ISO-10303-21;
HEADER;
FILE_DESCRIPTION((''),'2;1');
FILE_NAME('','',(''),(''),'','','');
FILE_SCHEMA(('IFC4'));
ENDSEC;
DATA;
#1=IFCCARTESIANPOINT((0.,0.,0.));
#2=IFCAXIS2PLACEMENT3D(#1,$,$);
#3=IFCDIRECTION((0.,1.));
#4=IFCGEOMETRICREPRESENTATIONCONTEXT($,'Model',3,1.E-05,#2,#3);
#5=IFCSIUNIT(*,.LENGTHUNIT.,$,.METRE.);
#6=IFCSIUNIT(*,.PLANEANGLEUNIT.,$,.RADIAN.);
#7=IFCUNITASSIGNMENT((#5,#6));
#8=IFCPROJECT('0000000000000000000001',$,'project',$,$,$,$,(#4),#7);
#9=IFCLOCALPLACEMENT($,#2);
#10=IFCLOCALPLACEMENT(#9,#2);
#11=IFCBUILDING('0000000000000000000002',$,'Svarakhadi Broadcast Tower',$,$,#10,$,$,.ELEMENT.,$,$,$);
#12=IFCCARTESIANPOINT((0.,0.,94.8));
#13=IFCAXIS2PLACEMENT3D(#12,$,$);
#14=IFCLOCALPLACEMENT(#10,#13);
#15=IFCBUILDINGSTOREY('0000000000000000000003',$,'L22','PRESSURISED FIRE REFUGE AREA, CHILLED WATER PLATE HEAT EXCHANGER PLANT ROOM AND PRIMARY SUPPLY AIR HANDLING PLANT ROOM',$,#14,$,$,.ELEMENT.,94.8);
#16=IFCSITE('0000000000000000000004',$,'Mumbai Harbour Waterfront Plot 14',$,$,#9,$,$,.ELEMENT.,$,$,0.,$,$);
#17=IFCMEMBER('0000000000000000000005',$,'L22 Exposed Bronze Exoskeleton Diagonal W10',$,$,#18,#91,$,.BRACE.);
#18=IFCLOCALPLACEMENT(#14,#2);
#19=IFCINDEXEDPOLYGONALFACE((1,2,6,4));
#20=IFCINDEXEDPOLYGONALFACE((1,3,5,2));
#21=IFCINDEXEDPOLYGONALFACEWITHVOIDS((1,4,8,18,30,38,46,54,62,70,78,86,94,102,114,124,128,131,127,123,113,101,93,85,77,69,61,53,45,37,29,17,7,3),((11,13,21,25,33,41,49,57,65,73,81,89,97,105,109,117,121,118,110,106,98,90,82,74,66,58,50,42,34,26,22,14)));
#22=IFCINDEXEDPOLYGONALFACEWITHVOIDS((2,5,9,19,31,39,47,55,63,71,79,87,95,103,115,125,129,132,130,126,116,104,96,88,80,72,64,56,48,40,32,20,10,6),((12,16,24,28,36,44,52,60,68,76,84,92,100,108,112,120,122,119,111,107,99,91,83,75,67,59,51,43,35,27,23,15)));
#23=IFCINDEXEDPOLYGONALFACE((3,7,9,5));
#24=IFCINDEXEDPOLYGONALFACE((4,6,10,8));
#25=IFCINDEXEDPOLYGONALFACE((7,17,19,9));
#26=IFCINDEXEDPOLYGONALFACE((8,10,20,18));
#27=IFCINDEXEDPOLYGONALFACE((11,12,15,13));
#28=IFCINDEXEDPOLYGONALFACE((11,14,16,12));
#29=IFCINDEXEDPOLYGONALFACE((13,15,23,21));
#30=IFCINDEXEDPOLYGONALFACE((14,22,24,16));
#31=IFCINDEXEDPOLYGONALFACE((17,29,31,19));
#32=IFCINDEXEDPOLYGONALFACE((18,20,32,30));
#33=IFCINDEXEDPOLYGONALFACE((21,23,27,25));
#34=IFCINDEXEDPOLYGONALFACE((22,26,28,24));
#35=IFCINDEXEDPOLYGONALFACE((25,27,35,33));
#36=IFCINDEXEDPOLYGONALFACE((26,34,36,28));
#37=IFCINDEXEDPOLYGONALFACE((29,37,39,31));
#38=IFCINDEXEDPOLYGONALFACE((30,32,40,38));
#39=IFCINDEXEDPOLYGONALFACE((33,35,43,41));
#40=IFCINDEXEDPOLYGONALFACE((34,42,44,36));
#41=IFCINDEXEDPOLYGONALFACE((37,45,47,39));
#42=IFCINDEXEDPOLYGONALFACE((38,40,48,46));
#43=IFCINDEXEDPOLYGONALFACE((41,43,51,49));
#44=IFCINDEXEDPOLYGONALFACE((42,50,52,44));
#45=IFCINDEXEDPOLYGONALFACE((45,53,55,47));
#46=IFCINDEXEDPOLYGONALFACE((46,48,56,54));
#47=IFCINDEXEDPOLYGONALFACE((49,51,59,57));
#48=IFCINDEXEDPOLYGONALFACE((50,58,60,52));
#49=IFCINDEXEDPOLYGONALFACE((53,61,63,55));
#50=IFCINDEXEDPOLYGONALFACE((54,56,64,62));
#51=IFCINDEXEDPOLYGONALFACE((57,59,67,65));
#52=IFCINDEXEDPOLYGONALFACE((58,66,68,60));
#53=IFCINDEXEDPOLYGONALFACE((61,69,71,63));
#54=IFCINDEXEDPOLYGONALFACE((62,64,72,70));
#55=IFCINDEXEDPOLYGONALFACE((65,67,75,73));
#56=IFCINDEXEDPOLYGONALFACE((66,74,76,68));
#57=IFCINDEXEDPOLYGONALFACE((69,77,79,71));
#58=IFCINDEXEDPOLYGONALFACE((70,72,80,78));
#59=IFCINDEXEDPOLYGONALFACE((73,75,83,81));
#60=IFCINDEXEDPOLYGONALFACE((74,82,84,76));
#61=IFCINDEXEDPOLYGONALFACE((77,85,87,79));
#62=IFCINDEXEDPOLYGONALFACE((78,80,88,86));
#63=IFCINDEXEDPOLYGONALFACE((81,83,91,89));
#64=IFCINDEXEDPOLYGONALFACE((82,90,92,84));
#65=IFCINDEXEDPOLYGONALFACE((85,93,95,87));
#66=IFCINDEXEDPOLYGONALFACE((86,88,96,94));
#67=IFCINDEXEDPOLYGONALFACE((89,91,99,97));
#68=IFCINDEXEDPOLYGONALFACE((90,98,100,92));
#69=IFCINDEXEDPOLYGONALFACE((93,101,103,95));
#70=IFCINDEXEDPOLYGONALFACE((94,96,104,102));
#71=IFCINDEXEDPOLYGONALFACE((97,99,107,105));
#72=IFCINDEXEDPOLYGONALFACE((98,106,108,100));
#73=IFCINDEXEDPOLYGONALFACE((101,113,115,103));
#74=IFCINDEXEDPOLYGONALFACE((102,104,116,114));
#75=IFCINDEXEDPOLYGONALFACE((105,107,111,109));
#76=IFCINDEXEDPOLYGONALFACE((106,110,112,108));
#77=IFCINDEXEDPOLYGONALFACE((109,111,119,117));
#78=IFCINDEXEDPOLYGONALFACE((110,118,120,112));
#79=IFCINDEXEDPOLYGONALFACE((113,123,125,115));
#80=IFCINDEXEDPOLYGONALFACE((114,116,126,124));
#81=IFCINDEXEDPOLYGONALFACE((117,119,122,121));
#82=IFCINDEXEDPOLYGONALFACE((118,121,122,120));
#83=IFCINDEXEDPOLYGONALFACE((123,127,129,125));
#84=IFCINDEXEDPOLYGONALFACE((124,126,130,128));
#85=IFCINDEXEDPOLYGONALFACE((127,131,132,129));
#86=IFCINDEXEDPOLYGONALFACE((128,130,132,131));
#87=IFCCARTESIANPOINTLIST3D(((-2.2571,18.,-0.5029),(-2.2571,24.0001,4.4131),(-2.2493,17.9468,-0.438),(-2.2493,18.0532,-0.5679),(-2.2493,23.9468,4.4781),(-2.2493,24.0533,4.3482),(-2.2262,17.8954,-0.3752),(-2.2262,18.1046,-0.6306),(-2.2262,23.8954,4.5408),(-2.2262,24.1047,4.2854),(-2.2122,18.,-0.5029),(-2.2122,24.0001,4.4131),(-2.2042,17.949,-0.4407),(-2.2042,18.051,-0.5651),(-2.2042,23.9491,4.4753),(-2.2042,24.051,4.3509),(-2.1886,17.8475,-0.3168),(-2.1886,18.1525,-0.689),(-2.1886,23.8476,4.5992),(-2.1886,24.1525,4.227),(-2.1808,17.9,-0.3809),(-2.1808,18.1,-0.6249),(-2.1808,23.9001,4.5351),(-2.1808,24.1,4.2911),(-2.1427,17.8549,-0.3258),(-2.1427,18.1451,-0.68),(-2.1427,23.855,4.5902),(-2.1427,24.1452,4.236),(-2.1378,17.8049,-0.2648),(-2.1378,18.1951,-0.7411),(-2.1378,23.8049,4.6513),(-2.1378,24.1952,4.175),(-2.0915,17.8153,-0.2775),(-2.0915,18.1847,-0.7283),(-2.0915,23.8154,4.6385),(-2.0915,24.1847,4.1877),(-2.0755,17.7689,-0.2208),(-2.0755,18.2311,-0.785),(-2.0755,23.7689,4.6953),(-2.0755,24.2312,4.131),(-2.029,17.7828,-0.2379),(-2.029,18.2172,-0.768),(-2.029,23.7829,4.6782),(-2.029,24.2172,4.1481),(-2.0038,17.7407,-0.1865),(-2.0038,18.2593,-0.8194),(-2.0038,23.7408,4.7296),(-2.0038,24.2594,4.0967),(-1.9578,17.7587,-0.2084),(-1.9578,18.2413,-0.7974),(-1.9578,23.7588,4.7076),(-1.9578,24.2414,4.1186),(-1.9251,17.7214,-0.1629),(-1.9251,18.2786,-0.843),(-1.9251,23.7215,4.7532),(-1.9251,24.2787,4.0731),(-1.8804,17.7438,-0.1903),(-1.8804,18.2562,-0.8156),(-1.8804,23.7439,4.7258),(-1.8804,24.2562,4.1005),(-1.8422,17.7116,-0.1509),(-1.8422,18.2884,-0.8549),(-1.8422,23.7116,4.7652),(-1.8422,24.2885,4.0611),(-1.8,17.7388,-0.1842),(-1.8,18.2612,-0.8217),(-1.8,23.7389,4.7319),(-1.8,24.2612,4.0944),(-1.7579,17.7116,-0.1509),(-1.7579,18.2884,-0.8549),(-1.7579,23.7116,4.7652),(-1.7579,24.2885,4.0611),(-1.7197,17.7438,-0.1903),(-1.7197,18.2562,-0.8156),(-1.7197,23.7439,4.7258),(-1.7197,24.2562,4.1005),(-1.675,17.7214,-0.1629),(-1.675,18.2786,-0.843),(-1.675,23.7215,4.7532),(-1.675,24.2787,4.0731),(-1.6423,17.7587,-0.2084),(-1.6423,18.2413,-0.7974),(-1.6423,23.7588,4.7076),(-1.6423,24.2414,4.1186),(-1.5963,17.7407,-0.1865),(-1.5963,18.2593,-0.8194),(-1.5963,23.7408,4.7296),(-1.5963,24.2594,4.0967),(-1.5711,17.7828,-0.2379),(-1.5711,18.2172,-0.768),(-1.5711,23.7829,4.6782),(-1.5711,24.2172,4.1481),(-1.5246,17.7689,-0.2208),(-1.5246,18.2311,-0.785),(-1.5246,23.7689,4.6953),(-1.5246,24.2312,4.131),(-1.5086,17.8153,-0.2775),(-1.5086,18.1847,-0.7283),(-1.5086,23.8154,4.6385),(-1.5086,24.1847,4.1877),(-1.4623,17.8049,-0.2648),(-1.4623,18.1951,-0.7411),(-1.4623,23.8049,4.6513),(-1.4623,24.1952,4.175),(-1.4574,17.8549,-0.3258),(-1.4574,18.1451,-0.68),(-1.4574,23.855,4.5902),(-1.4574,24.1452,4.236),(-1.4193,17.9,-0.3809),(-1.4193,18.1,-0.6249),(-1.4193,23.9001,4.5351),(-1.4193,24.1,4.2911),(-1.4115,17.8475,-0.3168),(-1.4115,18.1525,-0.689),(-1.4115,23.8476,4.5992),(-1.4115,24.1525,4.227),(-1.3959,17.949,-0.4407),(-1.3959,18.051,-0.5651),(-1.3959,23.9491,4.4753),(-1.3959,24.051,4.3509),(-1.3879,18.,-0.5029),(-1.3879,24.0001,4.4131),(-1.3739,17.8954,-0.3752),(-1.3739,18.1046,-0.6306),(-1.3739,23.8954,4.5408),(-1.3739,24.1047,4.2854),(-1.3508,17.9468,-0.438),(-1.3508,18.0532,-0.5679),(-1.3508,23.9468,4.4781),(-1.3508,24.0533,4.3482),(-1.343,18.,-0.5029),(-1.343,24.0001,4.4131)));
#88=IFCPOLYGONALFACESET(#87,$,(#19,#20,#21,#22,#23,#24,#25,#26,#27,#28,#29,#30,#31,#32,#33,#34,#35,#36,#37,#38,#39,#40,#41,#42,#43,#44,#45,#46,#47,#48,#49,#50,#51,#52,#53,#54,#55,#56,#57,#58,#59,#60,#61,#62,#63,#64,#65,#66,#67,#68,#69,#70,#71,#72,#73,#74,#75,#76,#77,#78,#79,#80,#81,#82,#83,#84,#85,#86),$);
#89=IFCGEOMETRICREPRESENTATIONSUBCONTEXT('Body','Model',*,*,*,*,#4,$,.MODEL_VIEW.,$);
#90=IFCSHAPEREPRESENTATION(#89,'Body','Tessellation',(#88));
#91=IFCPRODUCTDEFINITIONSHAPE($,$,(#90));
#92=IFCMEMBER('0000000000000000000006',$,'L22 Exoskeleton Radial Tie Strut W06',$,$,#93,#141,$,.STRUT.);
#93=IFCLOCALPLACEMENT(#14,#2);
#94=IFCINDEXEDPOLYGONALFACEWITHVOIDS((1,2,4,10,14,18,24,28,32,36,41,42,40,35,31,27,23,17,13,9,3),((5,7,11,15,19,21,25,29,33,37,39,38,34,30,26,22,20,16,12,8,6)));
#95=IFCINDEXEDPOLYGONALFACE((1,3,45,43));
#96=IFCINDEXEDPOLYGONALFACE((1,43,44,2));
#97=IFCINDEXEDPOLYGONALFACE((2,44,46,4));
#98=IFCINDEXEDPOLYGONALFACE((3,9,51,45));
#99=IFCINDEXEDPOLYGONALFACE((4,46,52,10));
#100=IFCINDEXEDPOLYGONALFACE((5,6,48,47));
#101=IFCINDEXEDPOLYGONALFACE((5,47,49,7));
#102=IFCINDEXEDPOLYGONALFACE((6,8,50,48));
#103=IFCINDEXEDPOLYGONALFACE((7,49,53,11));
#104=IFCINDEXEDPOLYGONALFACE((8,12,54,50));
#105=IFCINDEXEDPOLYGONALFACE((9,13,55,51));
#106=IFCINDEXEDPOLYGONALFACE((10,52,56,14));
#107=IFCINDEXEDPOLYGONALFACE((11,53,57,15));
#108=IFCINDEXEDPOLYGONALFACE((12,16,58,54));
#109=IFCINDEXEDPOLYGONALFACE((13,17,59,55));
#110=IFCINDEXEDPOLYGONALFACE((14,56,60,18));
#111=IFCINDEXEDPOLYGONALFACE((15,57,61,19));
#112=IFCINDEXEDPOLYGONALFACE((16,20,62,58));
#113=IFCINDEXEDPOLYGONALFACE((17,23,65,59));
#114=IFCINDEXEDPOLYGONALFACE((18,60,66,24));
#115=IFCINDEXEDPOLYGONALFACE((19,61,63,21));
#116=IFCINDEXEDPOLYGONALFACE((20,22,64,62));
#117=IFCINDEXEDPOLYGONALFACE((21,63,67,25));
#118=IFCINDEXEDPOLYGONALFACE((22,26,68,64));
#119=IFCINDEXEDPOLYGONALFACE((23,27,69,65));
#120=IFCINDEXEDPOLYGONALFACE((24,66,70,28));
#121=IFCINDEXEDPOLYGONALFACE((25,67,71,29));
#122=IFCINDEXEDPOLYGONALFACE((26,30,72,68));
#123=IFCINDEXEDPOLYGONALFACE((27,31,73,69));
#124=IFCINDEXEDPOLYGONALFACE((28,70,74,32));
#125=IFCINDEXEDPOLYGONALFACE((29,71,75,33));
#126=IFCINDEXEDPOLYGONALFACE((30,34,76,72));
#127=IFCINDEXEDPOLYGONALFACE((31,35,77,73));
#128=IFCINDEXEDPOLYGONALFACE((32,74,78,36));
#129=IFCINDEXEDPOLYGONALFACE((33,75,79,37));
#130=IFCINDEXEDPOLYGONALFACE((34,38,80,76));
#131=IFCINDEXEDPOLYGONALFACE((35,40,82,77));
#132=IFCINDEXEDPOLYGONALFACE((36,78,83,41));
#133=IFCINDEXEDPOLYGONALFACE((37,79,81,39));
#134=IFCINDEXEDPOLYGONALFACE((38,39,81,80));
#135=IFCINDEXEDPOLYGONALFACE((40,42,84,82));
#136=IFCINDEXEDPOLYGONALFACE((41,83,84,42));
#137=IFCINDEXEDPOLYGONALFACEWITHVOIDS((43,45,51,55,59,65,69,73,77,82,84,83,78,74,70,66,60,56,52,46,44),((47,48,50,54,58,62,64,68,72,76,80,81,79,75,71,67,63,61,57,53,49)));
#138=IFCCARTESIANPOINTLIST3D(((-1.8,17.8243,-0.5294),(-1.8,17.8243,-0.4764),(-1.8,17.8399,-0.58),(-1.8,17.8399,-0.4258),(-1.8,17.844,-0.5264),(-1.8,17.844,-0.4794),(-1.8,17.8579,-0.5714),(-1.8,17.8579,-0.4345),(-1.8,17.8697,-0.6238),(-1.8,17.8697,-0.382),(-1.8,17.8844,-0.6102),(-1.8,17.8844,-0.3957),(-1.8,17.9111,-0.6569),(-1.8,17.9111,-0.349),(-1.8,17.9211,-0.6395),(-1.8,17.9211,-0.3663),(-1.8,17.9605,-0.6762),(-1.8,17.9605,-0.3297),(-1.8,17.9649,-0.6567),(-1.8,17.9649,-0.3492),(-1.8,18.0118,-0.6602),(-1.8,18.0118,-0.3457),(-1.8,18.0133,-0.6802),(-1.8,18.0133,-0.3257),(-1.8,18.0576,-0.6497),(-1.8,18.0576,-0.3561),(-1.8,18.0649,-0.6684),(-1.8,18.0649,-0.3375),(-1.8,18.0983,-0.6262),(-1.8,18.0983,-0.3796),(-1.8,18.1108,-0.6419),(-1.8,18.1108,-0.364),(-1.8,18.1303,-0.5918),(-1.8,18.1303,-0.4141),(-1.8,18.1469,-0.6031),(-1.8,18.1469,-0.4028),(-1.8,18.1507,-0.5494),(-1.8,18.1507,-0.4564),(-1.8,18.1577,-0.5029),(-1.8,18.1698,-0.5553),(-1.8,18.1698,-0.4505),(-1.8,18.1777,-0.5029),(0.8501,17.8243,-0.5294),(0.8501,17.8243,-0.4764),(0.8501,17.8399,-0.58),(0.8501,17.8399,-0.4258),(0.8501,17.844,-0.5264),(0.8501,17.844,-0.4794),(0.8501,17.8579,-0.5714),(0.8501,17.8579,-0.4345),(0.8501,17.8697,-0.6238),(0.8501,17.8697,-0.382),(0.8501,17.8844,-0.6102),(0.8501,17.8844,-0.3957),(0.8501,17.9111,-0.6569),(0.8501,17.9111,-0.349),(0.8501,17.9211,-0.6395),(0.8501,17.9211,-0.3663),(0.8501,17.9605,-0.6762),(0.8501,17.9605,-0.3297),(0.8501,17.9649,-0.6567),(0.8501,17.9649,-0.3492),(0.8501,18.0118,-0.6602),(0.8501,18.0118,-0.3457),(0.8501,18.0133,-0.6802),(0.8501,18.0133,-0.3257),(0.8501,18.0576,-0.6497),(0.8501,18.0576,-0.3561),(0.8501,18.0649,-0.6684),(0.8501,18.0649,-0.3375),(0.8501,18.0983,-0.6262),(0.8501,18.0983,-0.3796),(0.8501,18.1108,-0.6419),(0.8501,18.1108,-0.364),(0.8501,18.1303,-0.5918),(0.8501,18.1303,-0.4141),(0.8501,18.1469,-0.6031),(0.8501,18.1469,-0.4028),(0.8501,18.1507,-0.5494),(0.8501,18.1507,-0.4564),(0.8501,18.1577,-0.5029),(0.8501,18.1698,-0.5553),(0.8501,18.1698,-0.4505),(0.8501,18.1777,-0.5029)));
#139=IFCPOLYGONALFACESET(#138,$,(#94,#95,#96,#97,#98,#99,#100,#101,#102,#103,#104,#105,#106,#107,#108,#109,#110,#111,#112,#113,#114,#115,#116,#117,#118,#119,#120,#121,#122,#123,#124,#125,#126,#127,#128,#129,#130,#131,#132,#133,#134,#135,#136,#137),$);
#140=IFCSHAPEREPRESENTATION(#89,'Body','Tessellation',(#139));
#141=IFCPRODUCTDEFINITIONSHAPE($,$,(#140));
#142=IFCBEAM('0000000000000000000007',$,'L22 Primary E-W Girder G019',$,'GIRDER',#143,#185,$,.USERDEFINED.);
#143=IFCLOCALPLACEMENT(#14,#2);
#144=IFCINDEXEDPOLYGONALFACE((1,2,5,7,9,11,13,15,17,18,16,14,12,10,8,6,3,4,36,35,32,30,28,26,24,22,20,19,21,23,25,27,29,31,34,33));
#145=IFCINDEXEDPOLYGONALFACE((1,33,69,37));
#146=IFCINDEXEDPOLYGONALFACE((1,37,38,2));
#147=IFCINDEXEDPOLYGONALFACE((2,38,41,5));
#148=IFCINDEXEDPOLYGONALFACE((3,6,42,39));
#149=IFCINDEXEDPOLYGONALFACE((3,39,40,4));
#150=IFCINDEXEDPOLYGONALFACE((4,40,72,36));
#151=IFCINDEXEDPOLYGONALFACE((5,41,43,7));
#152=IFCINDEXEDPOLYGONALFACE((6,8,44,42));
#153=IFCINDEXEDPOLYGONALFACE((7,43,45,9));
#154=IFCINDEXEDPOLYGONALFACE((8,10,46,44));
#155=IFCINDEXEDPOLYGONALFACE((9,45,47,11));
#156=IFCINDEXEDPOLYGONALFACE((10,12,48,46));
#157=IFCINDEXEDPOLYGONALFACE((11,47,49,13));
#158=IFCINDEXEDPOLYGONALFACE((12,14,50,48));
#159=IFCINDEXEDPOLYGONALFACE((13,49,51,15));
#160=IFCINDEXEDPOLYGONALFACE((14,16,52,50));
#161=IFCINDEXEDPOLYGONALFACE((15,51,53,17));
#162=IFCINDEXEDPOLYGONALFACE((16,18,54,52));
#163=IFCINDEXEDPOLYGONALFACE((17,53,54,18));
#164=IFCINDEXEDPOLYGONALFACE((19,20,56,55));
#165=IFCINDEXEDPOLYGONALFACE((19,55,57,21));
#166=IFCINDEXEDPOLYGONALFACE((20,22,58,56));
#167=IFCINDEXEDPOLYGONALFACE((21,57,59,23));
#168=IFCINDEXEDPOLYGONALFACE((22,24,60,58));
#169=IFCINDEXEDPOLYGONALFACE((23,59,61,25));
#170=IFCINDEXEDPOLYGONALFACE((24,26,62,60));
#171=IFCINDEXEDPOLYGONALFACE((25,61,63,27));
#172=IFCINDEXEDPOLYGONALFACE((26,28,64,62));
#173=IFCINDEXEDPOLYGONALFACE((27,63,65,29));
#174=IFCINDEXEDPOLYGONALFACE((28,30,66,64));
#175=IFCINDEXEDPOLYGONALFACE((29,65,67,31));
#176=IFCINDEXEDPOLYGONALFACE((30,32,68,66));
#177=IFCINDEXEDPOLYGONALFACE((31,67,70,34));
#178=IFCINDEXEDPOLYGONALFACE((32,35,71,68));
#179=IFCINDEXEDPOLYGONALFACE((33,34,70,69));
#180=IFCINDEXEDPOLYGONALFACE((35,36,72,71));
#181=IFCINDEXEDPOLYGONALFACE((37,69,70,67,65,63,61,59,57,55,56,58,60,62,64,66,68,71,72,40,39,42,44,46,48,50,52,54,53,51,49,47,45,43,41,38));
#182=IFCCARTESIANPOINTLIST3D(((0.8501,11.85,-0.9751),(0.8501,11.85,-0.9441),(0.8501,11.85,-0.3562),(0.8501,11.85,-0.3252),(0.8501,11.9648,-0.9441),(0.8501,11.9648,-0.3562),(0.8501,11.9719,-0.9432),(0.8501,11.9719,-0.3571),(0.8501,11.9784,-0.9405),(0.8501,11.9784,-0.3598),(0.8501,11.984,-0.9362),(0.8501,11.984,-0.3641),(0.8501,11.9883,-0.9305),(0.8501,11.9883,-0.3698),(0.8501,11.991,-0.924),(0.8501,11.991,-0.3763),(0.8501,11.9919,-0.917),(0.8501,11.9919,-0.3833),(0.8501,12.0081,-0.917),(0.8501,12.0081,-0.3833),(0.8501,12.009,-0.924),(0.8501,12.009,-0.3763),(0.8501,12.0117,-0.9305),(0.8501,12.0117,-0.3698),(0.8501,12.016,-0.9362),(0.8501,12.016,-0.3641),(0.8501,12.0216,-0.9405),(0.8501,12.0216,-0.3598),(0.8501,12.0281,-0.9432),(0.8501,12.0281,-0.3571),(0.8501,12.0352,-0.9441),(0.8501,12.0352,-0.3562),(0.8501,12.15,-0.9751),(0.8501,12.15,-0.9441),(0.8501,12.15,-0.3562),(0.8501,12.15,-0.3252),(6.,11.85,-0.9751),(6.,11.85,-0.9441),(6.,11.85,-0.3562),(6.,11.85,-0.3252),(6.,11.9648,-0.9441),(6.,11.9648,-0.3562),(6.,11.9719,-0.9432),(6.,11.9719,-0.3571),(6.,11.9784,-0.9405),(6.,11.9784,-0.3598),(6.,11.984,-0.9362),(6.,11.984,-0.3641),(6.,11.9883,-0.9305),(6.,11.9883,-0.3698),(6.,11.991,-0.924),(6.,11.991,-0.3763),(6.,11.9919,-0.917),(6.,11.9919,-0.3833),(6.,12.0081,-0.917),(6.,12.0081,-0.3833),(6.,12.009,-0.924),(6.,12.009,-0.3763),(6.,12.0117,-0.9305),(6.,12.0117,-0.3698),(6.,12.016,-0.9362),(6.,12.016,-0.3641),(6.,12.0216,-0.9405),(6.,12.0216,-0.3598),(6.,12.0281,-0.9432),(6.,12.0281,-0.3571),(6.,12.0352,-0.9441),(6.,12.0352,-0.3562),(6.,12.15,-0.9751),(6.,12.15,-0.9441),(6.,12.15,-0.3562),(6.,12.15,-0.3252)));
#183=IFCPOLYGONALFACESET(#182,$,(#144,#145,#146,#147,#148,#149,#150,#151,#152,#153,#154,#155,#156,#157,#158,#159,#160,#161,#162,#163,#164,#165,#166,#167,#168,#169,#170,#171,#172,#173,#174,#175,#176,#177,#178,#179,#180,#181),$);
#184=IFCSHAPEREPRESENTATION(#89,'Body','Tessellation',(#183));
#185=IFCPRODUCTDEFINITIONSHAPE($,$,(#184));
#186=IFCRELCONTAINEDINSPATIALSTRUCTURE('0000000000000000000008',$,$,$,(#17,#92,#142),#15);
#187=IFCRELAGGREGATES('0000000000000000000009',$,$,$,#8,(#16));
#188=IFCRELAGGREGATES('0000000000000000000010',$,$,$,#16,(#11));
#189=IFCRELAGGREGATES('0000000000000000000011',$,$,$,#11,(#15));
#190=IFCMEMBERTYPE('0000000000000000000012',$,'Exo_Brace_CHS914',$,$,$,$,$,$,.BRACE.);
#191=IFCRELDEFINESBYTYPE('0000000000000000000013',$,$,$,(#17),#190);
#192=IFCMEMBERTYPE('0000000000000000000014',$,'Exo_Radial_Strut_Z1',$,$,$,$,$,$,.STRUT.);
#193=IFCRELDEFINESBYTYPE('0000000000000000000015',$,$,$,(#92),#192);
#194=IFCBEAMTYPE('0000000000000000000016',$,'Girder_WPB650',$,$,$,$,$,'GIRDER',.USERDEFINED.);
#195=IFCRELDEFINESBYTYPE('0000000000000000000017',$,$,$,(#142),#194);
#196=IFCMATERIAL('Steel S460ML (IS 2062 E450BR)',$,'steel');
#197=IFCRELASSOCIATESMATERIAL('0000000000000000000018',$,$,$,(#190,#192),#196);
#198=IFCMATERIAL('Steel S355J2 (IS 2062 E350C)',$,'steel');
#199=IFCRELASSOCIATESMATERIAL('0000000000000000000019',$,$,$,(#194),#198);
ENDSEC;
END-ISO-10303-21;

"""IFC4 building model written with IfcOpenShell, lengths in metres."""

from ifc_helpers import new_model, si_unit, direction, frame, origin, origin_2d, place, context, subcontext, project, spatial, hollow_circle, i_section, extrude, material, material_profile, profile_set, type_object, element, save


model = new_model("IFC4")

# Units and contexts
model_context = context("Model", 3, precision=1e-05, world=origin(), true_north=direction((0.0, 1.0)))
body_context = subcontext(model_context, "Body", "Model", "MODEL_VIEW")
ifc_project = project(units=[si_unit("LENGTHUNIT", "METRE"), si_unit("PLANEANGLEUNIT", "RADIAN")], contexts=[model_context])

# Site, building, storey
site_placement = place(None, origin())
site = spatial("IfcSite", under=ifc_project, at=site_placement, Name="Mumbai Harbour Waterfront Plot 14", CompositionType="ELEMENT", RefElevation=0.0)
building_placement = place(site_placement, origin())
building = spatial("IfcBuilding", under=site, at=building_placement, Name="Svarakhadi Broadcast Tower", CompositionType="ELEMENT")
storey_placement = place(building_placement, frame((0.0, 0.0, 94.8)))
storey = spatial("IfcBuildingStorey", under=building, at=storey_placement, Name="L22", Description="PRESSURISED FIRE REFUGE AREA, CHILLED WATER PLATE HEAT EXCHANGER PLANT ROOM AND PRIMARY SUPPLY AIR HANDLING PLANT ROOM", CompositionType="ELEMENT", Elevation=94.8)

# Shared definitions
ifc_material_1 = material(Name="Steel S460ML (IS 2062 E450BR)", Category="steel")

# Shared definitions
ifc_material_2 = material(Name="Steel S355J2 (IS 2062 E350C)", Category="steel")

# Members
ifc_material_profile_1 = material_profile(ifc_material_1, hollow_circle(Radius=0.457, WallThickness=0.0449, at=origin_2d()), Name="CHS 914x45")
ifc_profile_set_1 = profile_set([ifc_material_profile_1], Name="Steel S460ML (IS 2062 E450BR)")
member_type_1 = type_object("IfcMemberType", Name="Exo_Brace_CHS914", PredefinedType="BRACE", material=ifc_profile_set_1)
for number, where, z_axis, x_axis, name in (
    (1, (-1.8, 18.0, -0.5029), (0.0, 0.77352, 0.633772), (-1.0, 0.0, 0.0), "L22 Exposed Bronze Exoskeleton Diagonal W10"),
):
    element("IfcMember", number, at=place(storey_placement, frame(where, z_axis=z_axis, x_axis=x_axis)), inside=storey, type_object=member_type_1, Name=name, PredefinedType="BRACE", context=body_context, shape_type="SweptSolid", body=[
        extrude(hollow_circle(Radius=0.457, WallThickness=0.0449, at=origin_2d()), origin(), (0.0, 0.0, 1.0), 7.7568),
    ])
ifc_material_profile_2 = material_profile(ifc_material_1, hollow_circle(Radius=0.1777, WallThickness=0.02, at=origin_2d()), Name="CHS 355.6x20")
ifc_profile_set_2 = profile_set([ifc_material_profile_2], Name="Steel S460ML (IS 2062 E450BR)")
member_type_2 = type_object("IfcMemberType", Name="Exo_Radial_Strut_Z1", PredefinedType="STRUT", material=ifc_profile_set_2)
member_1_placement = place(storey_placement, frame((-1.8, 18.0, -0.5029), z_axis=(1.0, 0.0, 0.0), x_axis=(0.0, 1.0, 0.0)))
element("IfcMember", 2, at=member_1_placement, inside=storey, type_object=member_type_2, Name="L22 Exoskeleton Radial Tie Strut W06", PredefinedType="STRUT", context=body_context, shape_type="SweptSolid", body=[
    extrude(hollow_circle(Radius=0.1777, WallThickness=0.02, at=origin_2d()), origin(), (0.0, 0.0, 1.0), 2.6501),
])

# Beam
ifc_material_profile_3 = material_profile(ifc_material_2, i_section(OverallWidth=0.3, OverallDepth=0.6499, WebThickness=0.0161, FlangeThickness=0.031, FilletRadius=0.0271, at=origin_2d()), Name="WPB 650x300x225")
ifc_profile_set_3 = profile_set([ifc_material_profile_3], Name="Steel S355J2 (IS 2062 E350C)")
beam_type_1 = type_object("IfcBeamType", Name="Girder_WPB650", ElementType="GIRDER", PredefinedType="USERDEFINED", material=ifc_profile_set_3)
for number, where, z_axis, x_axis, name in (
    (3, (0.8501, 12.0, -0.6501), (1.0, 0.0, 0.0), (0.0, 1.0, 0.0), "L22 Primary E-W Girder G019"),
):
    element("IfcBeam", number, at=place(storey_placement, frame(where, z_axis=z_axis, x_axis=x_axis)), inside=storey, type_object=beam_type_1, Name=name, ObjectType="GIRDER", PredefinedType="USERDEFINED", context=body_context, shape_type="SweptSolid", body=[
        extrude(i_section(OverallWidth=0.3, OverallDepth=0.6499, WebThickness=0.0161, FlangeThickness=0.031, FilletRadius=0.0271, at=origin_2d()), origin(), (0.0, 0.0, 1.0), 5.1499),
    ])

save(model, "model.ifc")
